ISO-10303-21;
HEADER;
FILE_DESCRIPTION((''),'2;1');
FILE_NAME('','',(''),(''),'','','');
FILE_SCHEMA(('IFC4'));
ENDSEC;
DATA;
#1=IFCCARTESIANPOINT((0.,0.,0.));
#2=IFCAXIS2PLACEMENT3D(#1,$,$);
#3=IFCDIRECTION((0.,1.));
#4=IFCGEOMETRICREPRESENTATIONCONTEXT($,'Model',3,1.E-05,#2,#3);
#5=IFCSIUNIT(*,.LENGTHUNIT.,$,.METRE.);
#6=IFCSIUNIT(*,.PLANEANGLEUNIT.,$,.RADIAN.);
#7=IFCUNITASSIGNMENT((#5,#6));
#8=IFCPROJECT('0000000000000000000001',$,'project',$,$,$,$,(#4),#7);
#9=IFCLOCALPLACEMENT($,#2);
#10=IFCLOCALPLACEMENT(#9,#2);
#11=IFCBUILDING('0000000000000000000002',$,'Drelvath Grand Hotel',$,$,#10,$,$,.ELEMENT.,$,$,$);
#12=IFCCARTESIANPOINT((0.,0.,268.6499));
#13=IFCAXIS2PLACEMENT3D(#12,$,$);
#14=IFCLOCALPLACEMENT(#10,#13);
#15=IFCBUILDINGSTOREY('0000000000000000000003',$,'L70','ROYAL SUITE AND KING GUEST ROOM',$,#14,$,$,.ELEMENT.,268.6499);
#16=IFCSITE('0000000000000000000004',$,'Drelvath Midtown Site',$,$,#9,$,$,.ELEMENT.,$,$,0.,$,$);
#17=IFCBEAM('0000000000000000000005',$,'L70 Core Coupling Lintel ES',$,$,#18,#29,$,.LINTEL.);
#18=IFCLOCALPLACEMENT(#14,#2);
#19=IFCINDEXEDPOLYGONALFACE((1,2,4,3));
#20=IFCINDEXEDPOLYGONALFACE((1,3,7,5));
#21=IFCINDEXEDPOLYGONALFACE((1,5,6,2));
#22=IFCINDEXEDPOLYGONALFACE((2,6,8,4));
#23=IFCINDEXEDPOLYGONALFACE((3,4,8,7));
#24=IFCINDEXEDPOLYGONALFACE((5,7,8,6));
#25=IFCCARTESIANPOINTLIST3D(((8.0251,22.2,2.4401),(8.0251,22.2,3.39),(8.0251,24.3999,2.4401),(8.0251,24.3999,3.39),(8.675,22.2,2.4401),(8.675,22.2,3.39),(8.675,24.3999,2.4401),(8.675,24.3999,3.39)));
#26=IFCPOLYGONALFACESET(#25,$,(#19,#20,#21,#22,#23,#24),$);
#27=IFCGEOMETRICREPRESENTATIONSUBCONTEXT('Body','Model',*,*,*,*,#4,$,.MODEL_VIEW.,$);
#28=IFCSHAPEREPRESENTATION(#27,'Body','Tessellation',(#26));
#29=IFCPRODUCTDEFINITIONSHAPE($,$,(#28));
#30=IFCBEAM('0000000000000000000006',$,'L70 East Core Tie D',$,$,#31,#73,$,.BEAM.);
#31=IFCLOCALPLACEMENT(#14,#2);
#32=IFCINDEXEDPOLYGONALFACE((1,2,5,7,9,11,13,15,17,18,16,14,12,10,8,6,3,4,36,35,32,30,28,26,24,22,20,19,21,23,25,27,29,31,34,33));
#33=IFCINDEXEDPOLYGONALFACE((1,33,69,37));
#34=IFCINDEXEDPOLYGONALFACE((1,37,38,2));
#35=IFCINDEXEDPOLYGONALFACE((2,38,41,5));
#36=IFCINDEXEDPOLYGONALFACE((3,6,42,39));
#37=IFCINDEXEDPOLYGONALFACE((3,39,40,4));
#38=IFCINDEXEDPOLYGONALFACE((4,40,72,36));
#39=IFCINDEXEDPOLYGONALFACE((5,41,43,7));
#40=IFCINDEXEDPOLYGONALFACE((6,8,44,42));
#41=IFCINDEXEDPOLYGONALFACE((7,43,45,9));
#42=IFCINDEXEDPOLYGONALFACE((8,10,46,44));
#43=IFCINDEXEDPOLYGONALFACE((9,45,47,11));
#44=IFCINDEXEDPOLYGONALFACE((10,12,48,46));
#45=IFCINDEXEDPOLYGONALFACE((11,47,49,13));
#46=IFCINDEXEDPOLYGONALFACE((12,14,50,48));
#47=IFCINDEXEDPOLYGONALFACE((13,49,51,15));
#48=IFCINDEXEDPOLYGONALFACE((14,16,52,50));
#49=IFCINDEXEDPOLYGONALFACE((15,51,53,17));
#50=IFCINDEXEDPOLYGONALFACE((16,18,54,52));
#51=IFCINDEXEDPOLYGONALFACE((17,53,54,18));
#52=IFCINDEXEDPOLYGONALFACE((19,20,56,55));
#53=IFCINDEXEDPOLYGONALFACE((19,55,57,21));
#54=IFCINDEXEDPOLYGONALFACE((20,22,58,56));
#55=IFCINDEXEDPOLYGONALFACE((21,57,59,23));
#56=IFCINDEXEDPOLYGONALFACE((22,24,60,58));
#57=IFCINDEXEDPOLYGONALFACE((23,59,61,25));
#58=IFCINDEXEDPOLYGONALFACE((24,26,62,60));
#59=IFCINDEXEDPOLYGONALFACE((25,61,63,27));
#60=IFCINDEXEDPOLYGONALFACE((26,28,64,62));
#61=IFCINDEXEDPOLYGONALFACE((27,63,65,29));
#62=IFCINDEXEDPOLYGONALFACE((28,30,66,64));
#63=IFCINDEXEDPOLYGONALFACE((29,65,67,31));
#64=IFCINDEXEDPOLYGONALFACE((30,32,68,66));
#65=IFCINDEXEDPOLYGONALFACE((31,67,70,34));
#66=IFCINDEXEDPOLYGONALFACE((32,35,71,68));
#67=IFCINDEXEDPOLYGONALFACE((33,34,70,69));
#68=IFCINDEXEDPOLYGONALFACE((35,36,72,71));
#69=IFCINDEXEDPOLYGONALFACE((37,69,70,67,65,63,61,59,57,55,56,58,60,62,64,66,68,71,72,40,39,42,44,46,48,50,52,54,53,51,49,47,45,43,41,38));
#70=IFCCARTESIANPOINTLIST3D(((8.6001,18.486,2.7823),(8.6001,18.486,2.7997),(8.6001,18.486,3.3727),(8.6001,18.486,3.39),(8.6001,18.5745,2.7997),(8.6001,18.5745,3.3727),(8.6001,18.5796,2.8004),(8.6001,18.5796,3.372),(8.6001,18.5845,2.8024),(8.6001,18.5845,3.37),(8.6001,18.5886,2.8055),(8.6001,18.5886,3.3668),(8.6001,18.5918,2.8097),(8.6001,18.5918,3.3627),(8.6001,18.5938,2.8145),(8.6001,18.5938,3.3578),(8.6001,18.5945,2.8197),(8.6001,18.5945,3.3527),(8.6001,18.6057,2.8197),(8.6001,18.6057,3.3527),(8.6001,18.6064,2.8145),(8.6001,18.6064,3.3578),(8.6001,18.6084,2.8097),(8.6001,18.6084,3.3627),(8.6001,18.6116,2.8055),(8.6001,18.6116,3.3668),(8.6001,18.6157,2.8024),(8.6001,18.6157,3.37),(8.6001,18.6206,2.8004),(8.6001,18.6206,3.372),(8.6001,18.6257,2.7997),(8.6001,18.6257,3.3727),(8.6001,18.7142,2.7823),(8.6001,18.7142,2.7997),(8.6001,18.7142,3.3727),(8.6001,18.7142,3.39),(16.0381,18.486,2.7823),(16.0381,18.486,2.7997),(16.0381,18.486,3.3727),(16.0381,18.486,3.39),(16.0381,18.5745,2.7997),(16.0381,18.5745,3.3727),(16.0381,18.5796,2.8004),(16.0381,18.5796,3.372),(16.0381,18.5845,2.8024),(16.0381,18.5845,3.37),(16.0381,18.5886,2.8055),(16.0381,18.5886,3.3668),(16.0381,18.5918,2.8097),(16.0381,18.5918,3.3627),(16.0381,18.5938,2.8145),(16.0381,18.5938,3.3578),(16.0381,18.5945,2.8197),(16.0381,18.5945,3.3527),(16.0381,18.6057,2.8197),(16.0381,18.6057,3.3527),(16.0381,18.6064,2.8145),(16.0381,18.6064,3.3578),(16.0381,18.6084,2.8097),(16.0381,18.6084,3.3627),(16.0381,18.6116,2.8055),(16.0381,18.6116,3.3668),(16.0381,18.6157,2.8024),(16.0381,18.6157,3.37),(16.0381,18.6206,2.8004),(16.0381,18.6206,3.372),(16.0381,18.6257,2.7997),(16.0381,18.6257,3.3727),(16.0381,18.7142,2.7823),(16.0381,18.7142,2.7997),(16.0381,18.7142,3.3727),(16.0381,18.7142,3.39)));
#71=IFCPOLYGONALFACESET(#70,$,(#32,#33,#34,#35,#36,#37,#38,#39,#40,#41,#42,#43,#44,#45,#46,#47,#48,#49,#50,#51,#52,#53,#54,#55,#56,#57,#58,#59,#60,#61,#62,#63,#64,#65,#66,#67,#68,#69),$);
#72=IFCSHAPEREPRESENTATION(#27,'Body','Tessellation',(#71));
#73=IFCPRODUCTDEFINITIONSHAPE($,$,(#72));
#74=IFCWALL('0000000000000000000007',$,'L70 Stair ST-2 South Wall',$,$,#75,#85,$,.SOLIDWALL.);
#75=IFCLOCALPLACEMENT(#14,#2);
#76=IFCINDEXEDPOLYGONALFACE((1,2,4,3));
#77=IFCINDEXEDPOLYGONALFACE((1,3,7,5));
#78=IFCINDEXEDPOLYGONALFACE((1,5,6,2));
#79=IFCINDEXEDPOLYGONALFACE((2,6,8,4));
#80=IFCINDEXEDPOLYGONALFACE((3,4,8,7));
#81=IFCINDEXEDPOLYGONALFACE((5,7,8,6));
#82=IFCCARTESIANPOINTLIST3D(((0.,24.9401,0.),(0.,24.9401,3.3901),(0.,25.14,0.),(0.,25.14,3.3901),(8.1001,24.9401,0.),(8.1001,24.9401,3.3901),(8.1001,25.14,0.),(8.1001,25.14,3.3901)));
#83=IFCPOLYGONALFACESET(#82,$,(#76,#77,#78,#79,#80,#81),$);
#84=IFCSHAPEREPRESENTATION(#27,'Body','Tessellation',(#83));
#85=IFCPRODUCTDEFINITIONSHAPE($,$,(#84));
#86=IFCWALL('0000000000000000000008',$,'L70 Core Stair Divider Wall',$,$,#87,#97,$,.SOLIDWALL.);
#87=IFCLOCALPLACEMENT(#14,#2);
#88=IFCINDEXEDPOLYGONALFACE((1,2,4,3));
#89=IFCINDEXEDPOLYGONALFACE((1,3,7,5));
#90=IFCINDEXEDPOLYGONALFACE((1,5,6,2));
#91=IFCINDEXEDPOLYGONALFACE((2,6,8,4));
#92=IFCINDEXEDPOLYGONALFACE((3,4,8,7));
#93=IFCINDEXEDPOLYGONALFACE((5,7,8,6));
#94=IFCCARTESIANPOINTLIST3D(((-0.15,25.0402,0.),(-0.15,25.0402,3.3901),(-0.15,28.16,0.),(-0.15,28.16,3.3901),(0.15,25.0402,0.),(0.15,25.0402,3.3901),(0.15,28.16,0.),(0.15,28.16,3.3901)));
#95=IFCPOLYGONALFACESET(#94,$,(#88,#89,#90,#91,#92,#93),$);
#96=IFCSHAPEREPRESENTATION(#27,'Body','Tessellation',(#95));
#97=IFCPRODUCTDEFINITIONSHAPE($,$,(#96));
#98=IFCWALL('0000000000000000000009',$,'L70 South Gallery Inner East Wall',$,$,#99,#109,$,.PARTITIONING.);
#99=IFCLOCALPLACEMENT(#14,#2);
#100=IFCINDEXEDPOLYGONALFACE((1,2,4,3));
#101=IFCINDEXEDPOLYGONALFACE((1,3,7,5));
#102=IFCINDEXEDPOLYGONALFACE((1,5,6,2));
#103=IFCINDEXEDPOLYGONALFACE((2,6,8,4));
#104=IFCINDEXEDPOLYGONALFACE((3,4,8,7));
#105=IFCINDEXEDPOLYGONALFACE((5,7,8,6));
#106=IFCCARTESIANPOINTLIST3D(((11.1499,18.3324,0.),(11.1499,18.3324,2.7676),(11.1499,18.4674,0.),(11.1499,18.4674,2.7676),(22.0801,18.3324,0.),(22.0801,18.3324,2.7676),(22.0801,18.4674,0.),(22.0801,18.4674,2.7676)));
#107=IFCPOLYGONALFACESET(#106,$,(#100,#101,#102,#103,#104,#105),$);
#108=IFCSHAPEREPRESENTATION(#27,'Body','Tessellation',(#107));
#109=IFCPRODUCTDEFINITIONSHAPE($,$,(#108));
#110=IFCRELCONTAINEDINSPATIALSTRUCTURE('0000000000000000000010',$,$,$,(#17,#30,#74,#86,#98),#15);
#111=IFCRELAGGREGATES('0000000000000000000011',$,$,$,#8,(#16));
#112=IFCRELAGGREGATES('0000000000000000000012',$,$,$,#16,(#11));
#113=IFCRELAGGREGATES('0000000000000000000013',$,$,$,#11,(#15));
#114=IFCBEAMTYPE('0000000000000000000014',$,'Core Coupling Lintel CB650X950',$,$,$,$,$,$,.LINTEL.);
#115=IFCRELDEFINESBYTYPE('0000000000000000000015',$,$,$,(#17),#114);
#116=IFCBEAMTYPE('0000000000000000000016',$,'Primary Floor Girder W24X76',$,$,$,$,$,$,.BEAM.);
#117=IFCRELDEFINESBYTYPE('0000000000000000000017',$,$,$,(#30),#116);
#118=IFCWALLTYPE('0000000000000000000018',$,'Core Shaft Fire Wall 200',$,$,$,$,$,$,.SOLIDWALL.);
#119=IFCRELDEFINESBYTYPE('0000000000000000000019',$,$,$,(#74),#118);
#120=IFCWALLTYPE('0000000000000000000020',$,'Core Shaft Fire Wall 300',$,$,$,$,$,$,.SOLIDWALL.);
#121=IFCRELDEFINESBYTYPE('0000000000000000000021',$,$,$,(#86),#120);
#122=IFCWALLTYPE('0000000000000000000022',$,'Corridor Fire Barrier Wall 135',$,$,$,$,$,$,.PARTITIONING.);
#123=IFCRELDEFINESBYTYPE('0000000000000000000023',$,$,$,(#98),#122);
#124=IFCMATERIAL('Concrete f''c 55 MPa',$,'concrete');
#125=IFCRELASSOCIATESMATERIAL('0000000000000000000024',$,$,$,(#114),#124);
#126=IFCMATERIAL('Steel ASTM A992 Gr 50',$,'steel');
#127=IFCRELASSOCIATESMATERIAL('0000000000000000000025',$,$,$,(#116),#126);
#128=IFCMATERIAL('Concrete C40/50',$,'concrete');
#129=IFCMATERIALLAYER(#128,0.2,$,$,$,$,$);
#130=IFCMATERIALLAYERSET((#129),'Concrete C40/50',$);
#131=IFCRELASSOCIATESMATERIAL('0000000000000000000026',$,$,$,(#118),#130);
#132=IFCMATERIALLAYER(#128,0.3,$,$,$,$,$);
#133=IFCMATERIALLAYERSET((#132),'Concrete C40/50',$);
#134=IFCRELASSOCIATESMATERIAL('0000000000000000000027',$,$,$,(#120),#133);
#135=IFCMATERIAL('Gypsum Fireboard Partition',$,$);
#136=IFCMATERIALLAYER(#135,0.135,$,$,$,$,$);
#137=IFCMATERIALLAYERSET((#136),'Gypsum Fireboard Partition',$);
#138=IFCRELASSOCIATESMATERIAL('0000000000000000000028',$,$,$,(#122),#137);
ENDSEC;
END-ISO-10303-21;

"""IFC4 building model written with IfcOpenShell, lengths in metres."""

from ifc_helpers import new_model, si_unit, direction, frame, frame_2d, origin, origin_2d, place, context, subcontext, project, spatial, rectangle, i_section, extrude, material, layer, layer_set, material_profile, profile_set, type_object, element, save


model = new_model("IFC4")

# Units and contexts
model_context = context("Model", 3, precision=1e-05, world=origin(), true_north=direction((0.0, 1.0)))
body_context = subcontext(model_context, "Body", "Model", "MODEL_VIEW")
ifc_project = project(units=[si_unit("LENGTHUNIT", "METRE"), si_unit("PLANEANGLEUNIT", "RADIAN")], contexts=[model_context])

# Site, building, storey
site_placement = place(None, origin())
site = spatial("IfcSite", under=ifc_project, at=site_placement, Name="Drelvath Midtown Site", CompositionType="ELEMENT", RefElevation=0.0)
building_placement = place(site_placement, origin())
building = spatial("IfcBuilding", under=site, at=building_placement, Name="Drelvath Grand Hotel", CompositionType="ELEMENT")
storey_placement = place(building_placement, frame((0.0, 0.0, 268.6499)))
storey = spatial("IfcBuildingStorey", under=building, at=storey_placement, Name="L70", Description="ROYAL SUITE AND KING GUEST ROOM", CompositionType="ELEMENT", Elevation=268.6499)

# Beams
ifc_material_1 = material(Name="Concrete f'c 55 MPa", Category="concrete")
ifc_material_profile_1 = material_profile(ifc_material_1, rectangle(XDim=0.6499, YDim=0.95, at=origin_2d()), Name="CB650X950")
ifc_profile_set_1 = profile_set([ifc_material_profile_1], Name="Concrete f'c 55 MPa")
beam_type_1 = type_object("IfcBeamType", Name="Core Coupling Lintel CB650X950", PredefinedType="LINTEL", material=ifc_profile_set_1)
beam_1_placement = place(storey_placement, frame((8.3501, 22.2, 2.915), z_axis=(0.0, 1.0, 0.0), x_axis=(-1.0, 0.0, 0.0)))
element("IfcBeam", 1, at=beam_1_placement, inside=storey, type_object=beam_type_1, Name="L70 Core Coupling Lintel ES", PredefinedType="LINTEL", context=body_context, shape_type="SweptSolid", body=[
    extrude(rectangle(XDim=0.6499, YDim=0.95, at=origin_2d()), origin(), (0.0, 0.0, 1.0), 2.2),
])
ifc_material_2 = material(Name="Steel ASTM A992 Gr 50", Category="steel")
ifc_material_profile_2 = material_profile(ifc_material_2, i_section(OverallWidth=0.2283, OverallDepth=0.6077, WebThickness=0.0112, FlangeThickness=0.0173, FilletRadius=0.02, at=origin_2d()), Name="W24X76")
ifc_profile_set_2 = profile_set([ifc_material_profile_2], Name="Steel ASTM A992 Gr 50")
beam_type_2 = type_object("IfcBeamType", Name="Primary Floor Girder W24X76", PredefinedType="BEAM", material=ifc_profile_set_2)
beam_2_placement = place(storey_placement, frame((8.6001, 18.6001, 3.0862), z_axis=(1.0, 0.0, 0.0), x_axis=(0.0, 1.0, 0.0)))
element("IfcBeam", 2, at=beam_2_placement, inside=storey, type_object=beam_type_2, Name="L70 East Core Tie D", PredefinedType="BEAM", context=body_context, shape_type="SweptSolid", body=[
    extrude(i_section(OverallWidth=0.2283, OverallDepth=0.6077, WebThickness=0.0112, FlangeThickness=0.0173, FilletRadius=0.02, at=origin_2d()), origin(), (0.0, 0.0, 1.0), 7.438),
])

# Walls
ifc_material_3 = material(Name="Concrete C40/50", Category="concrete")
ifc_layer_1 = layer(ifc_material_3, 0.2)
ifc_layer_set_1 = layer_set([ifc_layer_1], Name="Concrete C40/50")
wall_type_1 = type_object("IfcWallType", Name="Core Shaft Fire Wall 200", PredefinedType="SOLIDWALL", material=ifc_layer_set_1)
wall_1_placement = place(storey_placement, frame((0.0, 25.04, 0.0), z_axis=(0.0, 0.0, 1.0), x_axis=(1.0, 0.0, 0.0)))
element("IfcWall", 3, at=wall_1_placement, inside=storey, type_object=wall_type_1, Name="L70 Stair ST-2 South Wall", PredefinedType="SOLIDWALL", context=body_context, shape_type="SweptSolid", body=[
    extrude(rectangle(XDim=8.1001, YDim=0.2, at=frame_2d((4.05, 0.0))), origin(), (0.0, 0.0, 1.0), 3.3901),
])
ifc_layer_2 = layer(ifc_material_3, 0.3)
ifc_layer_set_2 = layer_set([ifc_layer_2], Name="Concrete C40/50")
wall_type_2 = type_object("IfcWallType", Name="Core Shaft Fire Wall 300", PredefinedType="SOLIDWALL", material=ifc_layer_set_2)
wall_2_placement = place(storey_placement, frame((0.0, 25.04, 0.0), z_axis=(0.0, 0.0, 1.0), x_axis=(0.0, 1.0, 0.0)))
element("IfcWall", 4, at=wall_2_placement, inside=storey, type_object=wall_type_2, Name="L70 Core Stair Divider Wall", PredefinedType="SOLIDWALL", context=body_context, shape_type="SweptSolid", body=[
    extrude(rectangle(XDim=3.1199, YDim=0.3, at=frame_2d((1.5601, 0.0))), origin(), (0.0, 0.0, 1.0), 3.3901),
])
ifc_material_4 = material(Name="Gypsum Fireboard Partition")
ifc_layer_3 = layer(ifc_material_4, 0.135)
ifc_layer_set_3 = layer_set([ifc_layer_3], Name="Gypsum Fireboard Partition")
wall_type_3 = type_object("IfcWallType", Name="Corridor Fire Barrier Wall 135", PredefinedType="PARTITIONING", material=ifc_layer_set_3)
wall_3_placement = place(storey_placement, frame((11.1499, 18.3999, 0.0), z_axis=(0.0, 0.0, 1.0), x_axis=(1.0, 0.0, 0.0)))
element("IfcWall", 5, at=wall_3_placement, inside=storey, type_object=wall_type_3, Name="L70 South Gallery Inner East Wall", PredefinedType="PARTITIONING", context=body_context, shape_type="SweptSolid", body=[
    extrude(rectangle(XDim=10.9302, YDim=0.135, at=frame_2d((5.4651, 0.0))), origin(), (0.0, 0.0, 1.0), 2.7676),
])

save(model, "model.ifc")
